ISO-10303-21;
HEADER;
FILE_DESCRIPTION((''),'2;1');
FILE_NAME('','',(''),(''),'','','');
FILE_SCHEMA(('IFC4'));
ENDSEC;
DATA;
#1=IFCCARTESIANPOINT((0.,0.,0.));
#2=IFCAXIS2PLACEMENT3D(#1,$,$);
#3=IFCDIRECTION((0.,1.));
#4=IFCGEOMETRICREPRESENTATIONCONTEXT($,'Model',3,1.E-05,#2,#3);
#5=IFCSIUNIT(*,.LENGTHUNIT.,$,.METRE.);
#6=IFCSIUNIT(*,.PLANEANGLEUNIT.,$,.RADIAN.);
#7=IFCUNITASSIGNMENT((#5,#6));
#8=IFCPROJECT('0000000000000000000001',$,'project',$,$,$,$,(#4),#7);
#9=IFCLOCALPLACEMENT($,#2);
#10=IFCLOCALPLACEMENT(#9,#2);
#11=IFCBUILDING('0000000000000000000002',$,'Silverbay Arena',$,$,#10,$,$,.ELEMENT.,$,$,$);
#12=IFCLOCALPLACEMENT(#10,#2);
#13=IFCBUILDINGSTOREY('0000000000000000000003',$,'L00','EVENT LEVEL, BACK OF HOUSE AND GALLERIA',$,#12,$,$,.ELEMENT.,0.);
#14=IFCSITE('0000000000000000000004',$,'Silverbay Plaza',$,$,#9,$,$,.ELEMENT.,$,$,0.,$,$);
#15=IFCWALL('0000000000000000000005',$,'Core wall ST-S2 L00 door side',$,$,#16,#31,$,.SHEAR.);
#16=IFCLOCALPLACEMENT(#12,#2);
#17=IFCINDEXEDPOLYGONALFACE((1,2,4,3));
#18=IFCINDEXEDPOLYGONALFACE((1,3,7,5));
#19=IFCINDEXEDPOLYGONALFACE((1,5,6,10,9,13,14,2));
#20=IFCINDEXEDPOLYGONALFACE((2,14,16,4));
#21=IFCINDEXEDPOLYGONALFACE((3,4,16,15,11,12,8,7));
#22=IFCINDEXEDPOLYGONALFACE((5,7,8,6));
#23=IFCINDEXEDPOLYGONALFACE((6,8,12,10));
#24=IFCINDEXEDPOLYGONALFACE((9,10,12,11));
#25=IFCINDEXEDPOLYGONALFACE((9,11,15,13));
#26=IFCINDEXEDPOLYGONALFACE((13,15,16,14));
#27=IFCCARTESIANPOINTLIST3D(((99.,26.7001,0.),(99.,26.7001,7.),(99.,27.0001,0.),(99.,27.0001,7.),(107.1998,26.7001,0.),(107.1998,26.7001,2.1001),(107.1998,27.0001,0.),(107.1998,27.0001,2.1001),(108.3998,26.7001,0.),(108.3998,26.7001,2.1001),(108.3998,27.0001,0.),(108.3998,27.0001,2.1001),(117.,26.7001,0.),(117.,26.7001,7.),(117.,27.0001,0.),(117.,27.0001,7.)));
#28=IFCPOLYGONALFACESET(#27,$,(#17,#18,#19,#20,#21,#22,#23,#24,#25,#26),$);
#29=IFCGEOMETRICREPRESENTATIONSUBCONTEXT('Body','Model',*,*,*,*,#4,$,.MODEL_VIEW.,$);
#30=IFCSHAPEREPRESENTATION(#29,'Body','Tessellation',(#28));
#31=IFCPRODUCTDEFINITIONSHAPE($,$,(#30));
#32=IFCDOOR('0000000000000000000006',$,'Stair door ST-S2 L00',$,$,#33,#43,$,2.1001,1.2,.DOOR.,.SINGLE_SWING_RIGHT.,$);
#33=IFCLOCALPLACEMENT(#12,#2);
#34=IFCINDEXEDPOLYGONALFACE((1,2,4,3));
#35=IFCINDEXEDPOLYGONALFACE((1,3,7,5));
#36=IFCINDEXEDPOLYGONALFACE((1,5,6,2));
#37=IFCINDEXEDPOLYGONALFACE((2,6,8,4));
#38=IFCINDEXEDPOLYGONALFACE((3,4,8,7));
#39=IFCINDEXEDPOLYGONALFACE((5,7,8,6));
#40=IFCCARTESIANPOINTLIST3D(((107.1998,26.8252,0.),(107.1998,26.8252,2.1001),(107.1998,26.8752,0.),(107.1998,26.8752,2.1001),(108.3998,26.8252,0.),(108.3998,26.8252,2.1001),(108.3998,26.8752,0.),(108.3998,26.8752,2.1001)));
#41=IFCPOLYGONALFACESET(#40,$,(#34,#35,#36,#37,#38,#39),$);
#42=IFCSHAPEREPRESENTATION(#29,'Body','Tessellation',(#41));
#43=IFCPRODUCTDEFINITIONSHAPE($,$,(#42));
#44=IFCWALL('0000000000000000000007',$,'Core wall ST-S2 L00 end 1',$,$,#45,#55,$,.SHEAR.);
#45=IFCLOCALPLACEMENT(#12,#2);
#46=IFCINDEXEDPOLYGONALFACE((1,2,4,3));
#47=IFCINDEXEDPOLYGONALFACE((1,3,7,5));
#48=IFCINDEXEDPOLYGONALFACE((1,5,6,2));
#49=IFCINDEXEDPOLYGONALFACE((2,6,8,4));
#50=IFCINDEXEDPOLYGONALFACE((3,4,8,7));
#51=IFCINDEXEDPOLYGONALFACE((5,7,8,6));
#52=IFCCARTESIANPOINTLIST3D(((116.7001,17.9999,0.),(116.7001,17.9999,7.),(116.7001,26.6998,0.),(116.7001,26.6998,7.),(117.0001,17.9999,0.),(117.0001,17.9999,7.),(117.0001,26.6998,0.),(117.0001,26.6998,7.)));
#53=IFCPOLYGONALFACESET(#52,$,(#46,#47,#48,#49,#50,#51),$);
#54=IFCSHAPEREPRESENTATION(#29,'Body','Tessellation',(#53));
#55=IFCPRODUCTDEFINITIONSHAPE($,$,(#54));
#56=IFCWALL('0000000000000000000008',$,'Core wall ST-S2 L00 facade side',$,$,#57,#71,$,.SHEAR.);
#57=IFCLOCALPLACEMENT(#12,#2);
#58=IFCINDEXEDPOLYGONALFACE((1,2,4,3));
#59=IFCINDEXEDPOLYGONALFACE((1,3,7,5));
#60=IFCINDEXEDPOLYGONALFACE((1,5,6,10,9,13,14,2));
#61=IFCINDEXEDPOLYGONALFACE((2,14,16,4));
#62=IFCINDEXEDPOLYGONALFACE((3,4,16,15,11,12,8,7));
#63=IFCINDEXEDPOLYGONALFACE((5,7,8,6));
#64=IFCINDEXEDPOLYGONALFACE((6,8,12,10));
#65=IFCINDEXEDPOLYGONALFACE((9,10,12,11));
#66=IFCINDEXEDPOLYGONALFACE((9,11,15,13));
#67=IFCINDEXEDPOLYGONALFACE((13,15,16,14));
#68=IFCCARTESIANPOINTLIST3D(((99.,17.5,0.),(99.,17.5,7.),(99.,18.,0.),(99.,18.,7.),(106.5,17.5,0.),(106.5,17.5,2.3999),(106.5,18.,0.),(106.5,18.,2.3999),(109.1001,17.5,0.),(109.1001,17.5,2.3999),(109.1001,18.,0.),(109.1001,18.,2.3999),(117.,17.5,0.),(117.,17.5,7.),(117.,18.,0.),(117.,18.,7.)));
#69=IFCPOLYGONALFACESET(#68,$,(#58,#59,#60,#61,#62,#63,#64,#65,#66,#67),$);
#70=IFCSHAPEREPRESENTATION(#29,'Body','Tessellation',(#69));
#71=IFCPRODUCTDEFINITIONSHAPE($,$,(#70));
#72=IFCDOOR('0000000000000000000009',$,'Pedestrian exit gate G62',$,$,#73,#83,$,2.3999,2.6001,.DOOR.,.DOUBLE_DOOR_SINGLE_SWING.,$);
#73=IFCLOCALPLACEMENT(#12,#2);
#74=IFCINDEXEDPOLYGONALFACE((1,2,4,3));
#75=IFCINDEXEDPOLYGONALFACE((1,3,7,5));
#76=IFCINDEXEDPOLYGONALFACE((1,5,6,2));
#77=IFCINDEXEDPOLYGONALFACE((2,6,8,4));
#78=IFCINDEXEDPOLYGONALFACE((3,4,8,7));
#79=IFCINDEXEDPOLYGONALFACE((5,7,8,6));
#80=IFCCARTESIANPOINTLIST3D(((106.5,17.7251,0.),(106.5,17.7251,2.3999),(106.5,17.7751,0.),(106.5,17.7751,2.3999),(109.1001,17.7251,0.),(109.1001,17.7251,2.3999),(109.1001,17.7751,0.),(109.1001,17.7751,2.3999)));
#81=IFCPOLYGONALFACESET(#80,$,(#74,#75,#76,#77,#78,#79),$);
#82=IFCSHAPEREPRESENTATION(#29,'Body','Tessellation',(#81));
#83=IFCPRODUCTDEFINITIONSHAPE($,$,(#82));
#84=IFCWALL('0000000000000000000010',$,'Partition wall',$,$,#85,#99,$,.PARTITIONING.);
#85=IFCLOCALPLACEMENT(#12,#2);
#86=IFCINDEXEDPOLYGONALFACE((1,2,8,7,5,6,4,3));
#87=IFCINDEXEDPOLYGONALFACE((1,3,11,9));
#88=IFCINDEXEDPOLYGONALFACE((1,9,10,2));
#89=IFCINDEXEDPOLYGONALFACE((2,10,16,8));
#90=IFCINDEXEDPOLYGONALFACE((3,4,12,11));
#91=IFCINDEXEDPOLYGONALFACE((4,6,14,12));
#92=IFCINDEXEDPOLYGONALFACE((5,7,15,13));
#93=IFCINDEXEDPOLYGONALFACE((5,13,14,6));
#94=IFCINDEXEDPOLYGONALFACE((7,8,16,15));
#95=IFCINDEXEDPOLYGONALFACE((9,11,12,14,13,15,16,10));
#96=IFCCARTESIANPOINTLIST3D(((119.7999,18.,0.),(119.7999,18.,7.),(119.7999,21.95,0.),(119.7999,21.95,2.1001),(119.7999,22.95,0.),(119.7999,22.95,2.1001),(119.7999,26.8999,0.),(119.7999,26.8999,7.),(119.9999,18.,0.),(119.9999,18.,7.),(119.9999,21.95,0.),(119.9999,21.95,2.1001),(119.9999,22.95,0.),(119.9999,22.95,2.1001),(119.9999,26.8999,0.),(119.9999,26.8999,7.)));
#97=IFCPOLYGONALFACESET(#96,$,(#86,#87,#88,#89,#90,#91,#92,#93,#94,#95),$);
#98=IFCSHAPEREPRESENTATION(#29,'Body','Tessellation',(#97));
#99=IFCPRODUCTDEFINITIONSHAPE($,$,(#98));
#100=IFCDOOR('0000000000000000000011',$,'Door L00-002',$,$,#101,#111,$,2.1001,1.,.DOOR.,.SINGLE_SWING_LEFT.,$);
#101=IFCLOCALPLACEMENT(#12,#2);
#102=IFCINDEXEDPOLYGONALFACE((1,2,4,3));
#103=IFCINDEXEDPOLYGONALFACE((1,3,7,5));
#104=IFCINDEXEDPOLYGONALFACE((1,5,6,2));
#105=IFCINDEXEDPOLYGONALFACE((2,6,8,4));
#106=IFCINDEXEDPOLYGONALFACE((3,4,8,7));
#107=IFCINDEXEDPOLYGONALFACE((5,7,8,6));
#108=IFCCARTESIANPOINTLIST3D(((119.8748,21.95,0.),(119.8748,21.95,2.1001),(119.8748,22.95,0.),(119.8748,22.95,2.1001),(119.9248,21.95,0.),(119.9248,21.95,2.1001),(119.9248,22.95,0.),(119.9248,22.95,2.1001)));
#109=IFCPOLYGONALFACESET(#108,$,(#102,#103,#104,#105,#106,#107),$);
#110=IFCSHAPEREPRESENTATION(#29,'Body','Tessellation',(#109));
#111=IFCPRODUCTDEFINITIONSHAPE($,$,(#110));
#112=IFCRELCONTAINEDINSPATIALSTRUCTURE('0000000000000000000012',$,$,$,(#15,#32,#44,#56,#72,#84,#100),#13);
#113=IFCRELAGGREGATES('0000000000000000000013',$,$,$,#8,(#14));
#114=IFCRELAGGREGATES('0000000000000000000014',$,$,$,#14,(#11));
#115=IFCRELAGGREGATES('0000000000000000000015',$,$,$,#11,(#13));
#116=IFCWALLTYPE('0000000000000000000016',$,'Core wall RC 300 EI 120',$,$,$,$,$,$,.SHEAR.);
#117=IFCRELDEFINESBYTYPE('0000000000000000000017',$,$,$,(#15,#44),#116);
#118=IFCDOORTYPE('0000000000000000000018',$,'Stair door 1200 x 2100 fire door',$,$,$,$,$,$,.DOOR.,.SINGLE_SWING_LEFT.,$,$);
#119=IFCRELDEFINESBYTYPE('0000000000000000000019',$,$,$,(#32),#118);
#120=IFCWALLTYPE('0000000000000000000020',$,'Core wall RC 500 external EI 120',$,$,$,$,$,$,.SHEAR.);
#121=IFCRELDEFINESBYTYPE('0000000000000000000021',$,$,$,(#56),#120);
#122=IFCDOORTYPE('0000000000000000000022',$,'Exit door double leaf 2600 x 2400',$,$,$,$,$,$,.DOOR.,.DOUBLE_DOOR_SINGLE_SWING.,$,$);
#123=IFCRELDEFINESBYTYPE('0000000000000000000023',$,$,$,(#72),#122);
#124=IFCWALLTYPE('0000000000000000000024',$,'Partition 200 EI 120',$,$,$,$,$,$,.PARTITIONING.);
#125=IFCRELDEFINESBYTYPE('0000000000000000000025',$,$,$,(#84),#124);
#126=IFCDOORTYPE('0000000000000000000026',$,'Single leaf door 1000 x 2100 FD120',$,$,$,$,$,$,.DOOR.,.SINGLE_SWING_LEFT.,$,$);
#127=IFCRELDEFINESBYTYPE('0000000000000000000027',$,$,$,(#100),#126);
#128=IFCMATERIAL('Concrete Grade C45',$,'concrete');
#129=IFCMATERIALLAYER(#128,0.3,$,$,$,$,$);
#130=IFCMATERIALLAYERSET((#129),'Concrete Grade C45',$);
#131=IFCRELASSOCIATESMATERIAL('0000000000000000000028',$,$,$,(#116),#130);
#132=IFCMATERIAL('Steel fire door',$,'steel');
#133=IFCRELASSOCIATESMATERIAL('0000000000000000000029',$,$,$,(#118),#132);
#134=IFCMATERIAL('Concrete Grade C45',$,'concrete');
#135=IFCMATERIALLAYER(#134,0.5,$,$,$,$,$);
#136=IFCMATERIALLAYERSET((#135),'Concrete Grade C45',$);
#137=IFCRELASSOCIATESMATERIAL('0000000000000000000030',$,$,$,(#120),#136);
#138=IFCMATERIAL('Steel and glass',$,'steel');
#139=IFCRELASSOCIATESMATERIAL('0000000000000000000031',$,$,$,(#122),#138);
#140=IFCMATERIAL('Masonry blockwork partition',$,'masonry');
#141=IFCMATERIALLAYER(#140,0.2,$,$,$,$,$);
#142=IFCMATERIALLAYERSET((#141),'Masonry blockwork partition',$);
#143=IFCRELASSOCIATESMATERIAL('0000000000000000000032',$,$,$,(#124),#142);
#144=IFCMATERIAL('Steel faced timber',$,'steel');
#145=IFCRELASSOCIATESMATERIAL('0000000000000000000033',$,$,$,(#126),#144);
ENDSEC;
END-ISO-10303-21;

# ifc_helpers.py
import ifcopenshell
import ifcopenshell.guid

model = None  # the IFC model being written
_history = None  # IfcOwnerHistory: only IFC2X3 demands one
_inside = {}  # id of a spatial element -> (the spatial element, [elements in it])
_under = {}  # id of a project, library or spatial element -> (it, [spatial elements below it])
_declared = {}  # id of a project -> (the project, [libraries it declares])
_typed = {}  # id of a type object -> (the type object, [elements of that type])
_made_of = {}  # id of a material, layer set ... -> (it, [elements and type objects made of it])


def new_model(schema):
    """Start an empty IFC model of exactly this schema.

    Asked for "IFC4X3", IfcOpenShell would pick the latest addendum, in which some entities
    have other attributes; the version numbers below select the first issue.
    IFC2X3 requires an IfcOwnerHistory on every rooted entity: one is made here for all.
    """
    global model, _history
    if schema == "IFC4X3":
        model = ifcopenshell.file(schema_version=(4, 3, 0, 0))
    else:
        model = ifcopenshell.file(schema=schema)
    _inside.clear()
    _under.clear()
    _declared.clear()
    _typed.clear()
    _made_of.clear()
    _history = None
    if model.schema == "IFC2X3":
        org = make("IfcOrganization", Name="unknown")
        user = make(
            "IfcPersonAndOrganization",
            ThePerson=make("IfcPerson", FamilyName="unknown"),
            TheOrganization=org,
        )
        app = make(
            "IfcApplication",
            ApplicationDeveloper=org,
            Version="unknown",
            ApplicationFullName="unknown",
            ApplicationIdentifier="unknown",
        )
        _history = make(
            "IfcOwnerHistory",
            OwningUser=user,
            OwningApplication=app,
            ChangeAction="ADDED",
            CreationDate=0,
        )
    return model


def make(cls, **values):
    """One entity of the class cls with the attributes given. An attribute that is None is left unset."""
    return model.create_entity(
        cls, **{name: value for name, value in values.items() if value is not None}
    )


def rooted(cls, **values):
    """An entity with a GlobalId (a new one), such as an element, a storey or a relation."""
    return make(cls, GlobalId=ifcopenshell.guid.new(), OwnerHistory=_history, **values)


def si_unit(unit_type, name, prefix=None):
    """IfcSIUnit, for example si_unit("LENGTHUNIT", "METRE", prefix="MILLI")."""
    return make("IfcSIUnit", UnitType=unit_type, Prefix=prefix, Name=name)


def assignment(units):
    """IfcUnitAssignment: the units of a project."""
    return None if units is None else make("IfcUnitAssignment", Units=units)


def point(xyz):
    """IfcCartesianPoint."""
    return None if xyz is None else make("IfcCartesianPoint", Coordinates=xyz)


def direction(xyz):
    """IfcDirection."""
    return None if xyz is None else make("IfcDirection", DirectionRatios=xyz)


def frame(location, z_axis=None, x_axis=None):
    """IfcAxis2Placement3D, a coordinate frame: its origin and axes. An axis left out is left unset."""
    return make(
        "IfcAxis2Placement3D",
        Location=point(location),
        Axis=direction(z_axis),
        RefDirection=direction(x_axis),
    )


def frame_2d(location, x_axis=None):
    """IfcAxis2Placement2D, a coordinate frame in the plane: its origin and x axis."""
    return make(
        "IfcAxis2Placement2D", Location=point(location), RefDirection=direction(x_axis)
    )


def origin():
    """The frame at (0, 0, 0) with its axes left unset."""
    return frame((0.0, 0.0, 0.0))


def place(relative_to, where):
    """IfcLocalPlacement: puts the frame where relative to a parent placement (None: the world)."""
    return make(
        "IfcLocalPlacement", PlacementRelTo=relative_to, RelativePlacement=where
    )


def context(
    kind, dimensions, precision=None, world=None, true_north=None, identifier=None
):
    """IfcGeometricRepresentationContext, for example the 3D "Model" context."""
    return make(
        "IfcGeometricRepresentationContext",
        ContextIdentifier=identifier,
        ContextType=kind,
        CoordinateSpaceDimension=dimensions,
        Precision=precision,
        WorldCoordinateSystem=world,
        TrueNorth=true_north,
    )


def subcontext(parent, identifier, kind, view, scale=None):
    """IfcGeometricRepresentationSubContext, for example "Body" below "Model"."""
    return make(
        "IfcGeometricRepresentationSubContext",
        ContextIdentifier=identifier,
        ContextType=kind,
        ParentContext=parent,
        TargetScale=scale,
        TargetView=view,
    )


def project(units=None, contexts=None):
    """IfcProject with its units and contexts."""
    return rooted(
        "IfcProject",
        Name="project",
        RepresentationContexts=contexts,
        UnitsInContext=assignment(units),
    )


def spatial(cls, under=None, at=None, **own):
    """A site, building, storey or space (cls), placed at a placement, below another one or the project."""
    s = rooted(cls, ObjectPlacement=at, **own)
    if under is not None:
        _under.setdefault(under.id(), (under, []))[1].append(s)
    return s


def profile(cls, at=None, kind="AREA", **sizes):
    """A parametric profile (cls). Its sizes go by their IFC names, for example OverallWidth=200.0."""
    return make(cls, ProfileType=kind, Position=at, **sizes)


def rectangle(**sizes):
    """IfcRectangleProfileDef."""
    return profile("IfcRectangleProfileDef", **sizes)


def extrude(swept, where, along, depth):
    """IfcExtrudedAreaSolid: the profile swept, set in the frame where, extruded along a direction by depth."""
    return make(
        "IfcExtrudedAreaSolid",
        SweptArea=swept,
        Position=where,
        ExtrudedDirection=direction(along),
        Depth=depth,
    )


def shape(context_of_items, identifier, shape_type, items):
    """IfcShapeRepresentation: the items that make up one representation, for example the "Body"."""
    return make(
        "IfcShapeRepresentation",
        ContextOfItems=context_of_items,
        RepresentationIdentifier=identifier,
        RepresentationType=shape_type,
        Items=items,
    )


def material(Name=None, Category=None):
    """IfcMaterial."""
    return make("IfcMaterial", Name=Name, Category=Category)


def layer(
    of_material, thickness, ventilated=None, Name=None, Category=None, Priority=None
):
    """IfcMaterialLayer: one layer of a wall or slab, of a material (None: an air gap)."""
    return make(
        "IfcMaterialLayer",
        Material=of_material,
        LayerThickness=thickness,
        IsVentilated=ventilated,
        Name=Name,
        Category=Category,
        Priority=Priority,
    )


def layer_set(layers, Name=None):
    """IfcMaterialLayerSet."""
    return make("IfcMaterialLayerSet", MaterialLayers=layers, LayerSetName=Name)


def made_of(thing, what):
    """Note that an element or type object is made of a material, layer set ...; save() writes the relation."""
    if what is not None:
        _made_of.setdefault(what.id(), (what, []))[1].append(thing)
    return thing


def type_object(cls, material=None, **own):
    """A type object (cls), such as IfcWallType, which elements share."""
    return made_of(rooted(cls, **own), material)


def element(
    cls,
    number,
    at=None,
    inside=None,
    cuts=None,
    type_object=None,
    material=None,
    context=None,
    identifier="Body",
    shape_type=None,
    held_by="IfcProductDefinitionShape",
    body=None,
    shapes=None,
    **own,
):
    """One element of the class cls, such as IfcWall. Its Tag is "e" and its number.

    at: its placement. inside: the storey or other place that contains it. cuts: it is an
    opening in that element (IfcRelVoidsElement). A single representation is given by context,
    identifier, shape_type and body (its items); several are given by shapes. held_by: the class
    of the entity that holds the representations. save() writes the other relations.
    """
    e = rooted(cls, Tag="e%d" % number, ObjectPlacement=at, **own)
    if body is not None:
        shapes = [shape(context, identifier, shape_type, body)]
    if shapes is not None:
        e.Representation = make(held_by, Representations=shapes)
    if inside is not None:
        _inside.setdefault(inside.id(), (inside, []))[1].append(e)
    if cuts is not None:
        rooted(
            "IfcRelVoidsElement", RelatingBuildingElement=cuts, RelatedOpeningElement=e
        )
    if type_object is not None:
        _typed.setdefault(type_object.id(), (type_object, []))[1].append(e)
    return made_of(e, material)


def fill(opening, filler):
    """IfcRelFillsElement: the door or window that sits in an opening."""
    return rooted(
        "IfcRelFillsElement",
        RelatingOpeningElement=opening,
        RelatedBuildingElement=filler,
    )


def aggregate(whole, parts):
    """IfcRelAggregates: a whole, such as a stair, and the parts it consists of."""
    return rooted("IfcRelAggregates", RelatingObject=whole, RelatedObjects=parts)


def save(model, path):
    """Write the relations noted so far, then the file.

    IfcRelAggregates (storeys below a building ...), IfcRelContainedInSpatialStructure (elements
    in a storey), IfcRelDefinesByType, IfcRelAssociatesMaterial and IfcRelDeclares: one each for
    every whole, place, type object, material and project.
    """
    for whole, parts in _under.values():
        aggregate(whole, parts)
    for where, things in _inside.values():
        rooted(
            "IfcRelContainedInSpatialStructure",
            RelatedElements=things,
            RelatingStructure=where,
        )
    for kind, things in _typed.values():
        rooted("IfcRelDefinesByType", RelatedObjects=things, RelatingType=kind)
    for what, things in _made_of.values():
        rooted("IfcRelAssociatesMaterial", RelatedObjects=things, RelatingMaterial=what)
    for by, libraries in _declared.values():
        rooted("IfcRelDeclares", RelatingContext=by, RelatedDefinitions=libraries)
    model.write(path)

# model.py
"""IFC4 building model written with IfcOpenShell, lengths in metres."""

from ifc_helpers import new_model, si_unit, direction, frame, frame_2d, origin, place, context, subcontext, project, spatial, rectangle, extrude, material, layer, layer_set, type_object, element, fill, save


model = new_model("IFC4")

# Units and contexts
model_context = context("Model", 3, precision=1e-05, world=origin(), true_north=direction((0.0, 1.0)))
body_context = subcontext(model_context, "Body", "Model", "MODEL_VIEW")
ifc_project = project(units=[si_unit("LENGTHUNIT", "METRE"), si_unit("PLANEANGLEUNIT", "RADIAN")], contexts=[model_context])

# Site, building, storey
site_placement = place(None, origin())
site = spatial("IfcSite", under=ifc_project, at=site_placement, Name="Silverbay Plaza", CompositionType="ELEMENT", RefElevation=0.0)
building_placement = place(site_placement, origin())
building = spatial("IfcBuilding", under=site, at=building_placement, Name="Silverbay Arena", CompositionType="ELEMENT")
storey_placement = place(building_placement, origin())
storey = spatial("IfcBuildingStorey", under=building, at=storey_placement, Name="L00", Description="EVENT LEVEL, BACK OF HOUSE AND GALLERIA", CompositionType="ELEMENT", Elevation=0.0)

# Wall, opening, door
ifc_material_1 = material(Name="Concrete Grade C45", Category="concrete")
ifc_layer_1 = layer(ifc_material_1, 0.3)
ifc_layer_set_1 = layer_set([ifc_layer_1], Name="Concrete Grade C45")
wall_type_1 = type_object("IfcWallType", Name="Core wall RC 300 EI 120", PredefinedType="SHEAR", material=ifc_layer_set_1)
wall_1_placement = place(storey_placement, frame((117.0, 26.8501, 0.0), z_axis=(0.0, 0.0, 1.0), x_axis=(-1.0, 0.0, 0.0)))
wall_1 = element("IfcWall", 1, at=wall_1_placement, inside=storey, type_object=wall_type_1, Name="Core wall ST-S2 L00 door side", PredefinedType="SHEAR", context=body_context, shape_type="SweptSolid", body=[
    extrude(rectangle(XDim=18.0, YDim=0.3, at=frame_2d((9.0, 0.0))), origin(), (0.0, 0.0, 1.0), 7.0),
])
opening_1_placement = place(wall_1_placement, frame((8.6001, 0.0, 0.0)))
opening_1 = element("IfcOpeningElement", 2, at=opening_1_placement, cuts=wall_1, PredefinedType="OPENING", context=body_context, shape_type="SweptSolid", body=[
    extrude(rectangle(XDim=1.2, YDim=2.1001, at=frame_2d((0.6001, 1.05))), frame((0.0, 0.1602, 0.0), z_axis=(0.0, -1.0, 0.0), x_axis=(1.0, 0.0, 0.0)), (0.0, 0.0, 1.0), 0.3201),
])
ifc_material_2 = material(Name="Steel fire door", Category="steel")
door_type_1 = type_object("IfcDoorType", Name="Stair door 1200 x 2100 fire door", OperationType="SINGLE_SWING_LEFT", PredefinedType="DOOR", material=ifc_material_2)
door_1_placement = place(opening_1_placement, origin())
door_1 = element("IfcDoor", 3, at=door_1_placement, inside=storey, type_object=door_type_1, Name="Stair door ST-S2 L00", OperationType="SINGLE_SWING_RIGHT", OverallHeight=2.1001, OverallWidth=1.2, PredefinedType="DOOR", context=body_context, shape_type="SweptSolid", body=[
    extrude(rectangle(XDim=1.2, YDim=2.1001, at=frame_2d((0.6001, 1.05))), frame((0.0, 0.0249, 0.0), z_axis=(0.0, -1.0, 0.0), x_axis=(1.0, 0.0, 0.0)), (0.0, 0.0, 1.0), 0.05),
])
fill(opening_1, door_1)

# Wall
wall_2_placement = place(storey_placement, frame((116.8501, 26.7, 0.0), z_axis=(0.0, 0.0, 1.0), x_axis=(0.0, -1.0, 0.0)))
element("IfcWall", 4, at=wall_2_placement, inside=storey, type_object=wall_type_1, Name="Core wall ST-S2 L00 end 1", PredefinedType="SHEAR", context=body_context, shape_type="SweptSolid", body=[
    extrude(rectangle(XDim=8.7, YDim=0.3, at=frame_2d((4.3501, 0.0))), origin(), (0.0, 0.0, 1.0), 7.0),
])

# Walls, openings, doors
ifc_material_3 = material(Name="Concrete Grade C45", Category="concrete")
ifc_layer_2 = layer(ifc_material_3, 0.5)
ifc_layer_set_2 = layer_set([ifc_layer_2], Name="Concrete Grade C45")
wall_type_2 = type_object("IfcWallType", Name="Core wall RC 500 external EI 120", PredefinedType="SHEAR", material=ifc_layer_set_2)
wall_3_placement = place(storey_placement, frame((117.0, 17.75, 0.0), z_axis=(0.0, 0.0, 1.0), x_axis=(-1.0, 0.0, 0.0)))
wall_3 = element("IfcWall", 5, at=wall_3_placement, inside=storey, type_object=wall_type_2, Name="Core wall ST-S2 L00 facade side", PredefinedType="SHEAR", context=body_context, shape_type="SweptSolid", body=[
    extrude(rectangle(XDim=18.0, YDim=0.5, at=frame_2d((9.0, 0.0))), origin(), (0.0, 0.0, 1.0), 7.0),
])
opening_2_placement = place(wall_3_placement, frame((7.8999, 0.0, 0.0)))
opening_2 = element("IfcOpeningElement", 6, at=opening_2_placement, cuts=wall_3, PredefinedType="OPENING", context=body_context, shape_type="SweptSolid", body=[
    extrude(rectangle(XDim=2.6001, YDim=2.3999, at=frame_2d((1.3, 1.2))), frame((0.0, 0.26, 0.0), z_axis=(0.0, -1.0, 0.0), x_axis=(1.0, 0.0, 0.0)), (0.0, 0.0, 1.0), 0.52),
])
ifc_material_4 = material(Name="Steel and glass", Category="steel")
door_type_2 = type_object("IfcDoorType", Name="Exit door double leaf 2600 x 2400", OperationType="DOUBLE_DOOR_SINGLE_SWING", PredefinedType="DOOR", material=ifc_material_4)
door_2_placement = place(opening_2_placement, origin())
door_2 = element("IfcDoor", 7, at=door_2_placement, inside=storey, type_object=door_type_2, Name="Pedestrian exit gate G62", OperationType="DOUBLE_DOOR_SINGLE_SWING", OverallHeight=2.3999, OverallWidth=2.6001, PredefinedType="DOOR", context=body_context, shape_type="SweptSolid", body=[
    extrude(rectangle(XDim=2.6001, YDim=2.3999, at=frame_2d((1.3, 1.2))), frame((0.0, 0.0249, 0.0), z_axis=(0.0, -1.0, 0.0), x_axis=(1.0, 0.0, 0.0)), (0.0, 0.0, 1.0), 0.05),
])
fill(opening_2, door_2)
ifc_material_5 = material(Name="Masonry blockwork partition", Category="masonry")
ifc_layer_3 = layer(ifc_material_5, 0.2)
ifc_layer_set_3 = layer_set([ifc_layer_3], Name="Masonry blockwork partition")
wall_type_3 = type_object("IfcWallType", Name="Partition 200 EI 120", PredefinedType="PARTITIONING", material=ifc_layer_set_3)
wall_4_placement = place(storey_placement, frame((119.8999, 18.0, 0.0), z_axis=(0.0, 0.0, 1.0), x_axis=(0.0, 1.0, 0.0)))
wall_4 = element("IfcWall", 8, at=wall_4_placement, inside=storey, type_object=wall_type_3, Name="Partition wall", PredefinedType="PARTITIONING", context=body_context, shape_type="SweptSolid", body=[
    extrude(rectangle(XDim=8.8999, YDim=0.2, at=frame_2d((4.45, 0.0))), origin(), (0.0, 0.0, 1.0), 7.0),
])
opening_3_placement = place(wall_4_placement, frame((3.95, 0.0, 0.0)))
opening_3 = element("IfcOpeningElement", 9, at=opening_3_placement, cuts=wall_4, PredefinedType="OPENING", context=body_context, shape_type="SweptSolid", body=[
    extrude(rectangle(XDim=1.0, YDim=2.1001, at=frame_2d((0.5, 1.05))), frame((0.0, 0.1099, 0.0), z_axis=(0.0, -1.0, 0.0), x_axis=(1.0, 0.0, 0.0)), (0.0, 0.0, 1.0), 0.22),
])
ifc_material_6 = material(Name="Steel faced timber", Category="steel")
door_type_3 = type_object("IfcDoorType", Name="Single leaf door 1000 x 2100 FD120", OperationType="SINGLE_SWING_LEFT", PredefinedType="DOOR", material=ifc_material_6)
door_3_placement = place(opening_3_placement, frame((1.0, 0.0, 0.0), z_axis=(0.0, 0.0, 1.0), x_axis=(-1.0, 0.0, 0.0)))
door_3 = element("IfcDoor", 10, at=door_3_placement, inside=storey, type_object=door_type_3, Name="Door L00-002", OperationType="SINGLE_SWING_LEFT", OverallHeight=2.1001, OverallWidth=1.0, PredefinedType="DOOR", context=body_context, shape_type="SweptSolid", body=[
    extrude(rectangle(XDim=1.0, YDim=2.1001, at=frame_2d((0.5, 1.05))), frame((0.0, 0.0249, 0.0), z_axis=(0.0, -1.0, 0.0), x_axis=(1.0, 0.0, 0.0)), (0.0, 0.0, 1.0), 0.05),
])
fill(opening_3, door_3)

save(model, "model.ifc")
